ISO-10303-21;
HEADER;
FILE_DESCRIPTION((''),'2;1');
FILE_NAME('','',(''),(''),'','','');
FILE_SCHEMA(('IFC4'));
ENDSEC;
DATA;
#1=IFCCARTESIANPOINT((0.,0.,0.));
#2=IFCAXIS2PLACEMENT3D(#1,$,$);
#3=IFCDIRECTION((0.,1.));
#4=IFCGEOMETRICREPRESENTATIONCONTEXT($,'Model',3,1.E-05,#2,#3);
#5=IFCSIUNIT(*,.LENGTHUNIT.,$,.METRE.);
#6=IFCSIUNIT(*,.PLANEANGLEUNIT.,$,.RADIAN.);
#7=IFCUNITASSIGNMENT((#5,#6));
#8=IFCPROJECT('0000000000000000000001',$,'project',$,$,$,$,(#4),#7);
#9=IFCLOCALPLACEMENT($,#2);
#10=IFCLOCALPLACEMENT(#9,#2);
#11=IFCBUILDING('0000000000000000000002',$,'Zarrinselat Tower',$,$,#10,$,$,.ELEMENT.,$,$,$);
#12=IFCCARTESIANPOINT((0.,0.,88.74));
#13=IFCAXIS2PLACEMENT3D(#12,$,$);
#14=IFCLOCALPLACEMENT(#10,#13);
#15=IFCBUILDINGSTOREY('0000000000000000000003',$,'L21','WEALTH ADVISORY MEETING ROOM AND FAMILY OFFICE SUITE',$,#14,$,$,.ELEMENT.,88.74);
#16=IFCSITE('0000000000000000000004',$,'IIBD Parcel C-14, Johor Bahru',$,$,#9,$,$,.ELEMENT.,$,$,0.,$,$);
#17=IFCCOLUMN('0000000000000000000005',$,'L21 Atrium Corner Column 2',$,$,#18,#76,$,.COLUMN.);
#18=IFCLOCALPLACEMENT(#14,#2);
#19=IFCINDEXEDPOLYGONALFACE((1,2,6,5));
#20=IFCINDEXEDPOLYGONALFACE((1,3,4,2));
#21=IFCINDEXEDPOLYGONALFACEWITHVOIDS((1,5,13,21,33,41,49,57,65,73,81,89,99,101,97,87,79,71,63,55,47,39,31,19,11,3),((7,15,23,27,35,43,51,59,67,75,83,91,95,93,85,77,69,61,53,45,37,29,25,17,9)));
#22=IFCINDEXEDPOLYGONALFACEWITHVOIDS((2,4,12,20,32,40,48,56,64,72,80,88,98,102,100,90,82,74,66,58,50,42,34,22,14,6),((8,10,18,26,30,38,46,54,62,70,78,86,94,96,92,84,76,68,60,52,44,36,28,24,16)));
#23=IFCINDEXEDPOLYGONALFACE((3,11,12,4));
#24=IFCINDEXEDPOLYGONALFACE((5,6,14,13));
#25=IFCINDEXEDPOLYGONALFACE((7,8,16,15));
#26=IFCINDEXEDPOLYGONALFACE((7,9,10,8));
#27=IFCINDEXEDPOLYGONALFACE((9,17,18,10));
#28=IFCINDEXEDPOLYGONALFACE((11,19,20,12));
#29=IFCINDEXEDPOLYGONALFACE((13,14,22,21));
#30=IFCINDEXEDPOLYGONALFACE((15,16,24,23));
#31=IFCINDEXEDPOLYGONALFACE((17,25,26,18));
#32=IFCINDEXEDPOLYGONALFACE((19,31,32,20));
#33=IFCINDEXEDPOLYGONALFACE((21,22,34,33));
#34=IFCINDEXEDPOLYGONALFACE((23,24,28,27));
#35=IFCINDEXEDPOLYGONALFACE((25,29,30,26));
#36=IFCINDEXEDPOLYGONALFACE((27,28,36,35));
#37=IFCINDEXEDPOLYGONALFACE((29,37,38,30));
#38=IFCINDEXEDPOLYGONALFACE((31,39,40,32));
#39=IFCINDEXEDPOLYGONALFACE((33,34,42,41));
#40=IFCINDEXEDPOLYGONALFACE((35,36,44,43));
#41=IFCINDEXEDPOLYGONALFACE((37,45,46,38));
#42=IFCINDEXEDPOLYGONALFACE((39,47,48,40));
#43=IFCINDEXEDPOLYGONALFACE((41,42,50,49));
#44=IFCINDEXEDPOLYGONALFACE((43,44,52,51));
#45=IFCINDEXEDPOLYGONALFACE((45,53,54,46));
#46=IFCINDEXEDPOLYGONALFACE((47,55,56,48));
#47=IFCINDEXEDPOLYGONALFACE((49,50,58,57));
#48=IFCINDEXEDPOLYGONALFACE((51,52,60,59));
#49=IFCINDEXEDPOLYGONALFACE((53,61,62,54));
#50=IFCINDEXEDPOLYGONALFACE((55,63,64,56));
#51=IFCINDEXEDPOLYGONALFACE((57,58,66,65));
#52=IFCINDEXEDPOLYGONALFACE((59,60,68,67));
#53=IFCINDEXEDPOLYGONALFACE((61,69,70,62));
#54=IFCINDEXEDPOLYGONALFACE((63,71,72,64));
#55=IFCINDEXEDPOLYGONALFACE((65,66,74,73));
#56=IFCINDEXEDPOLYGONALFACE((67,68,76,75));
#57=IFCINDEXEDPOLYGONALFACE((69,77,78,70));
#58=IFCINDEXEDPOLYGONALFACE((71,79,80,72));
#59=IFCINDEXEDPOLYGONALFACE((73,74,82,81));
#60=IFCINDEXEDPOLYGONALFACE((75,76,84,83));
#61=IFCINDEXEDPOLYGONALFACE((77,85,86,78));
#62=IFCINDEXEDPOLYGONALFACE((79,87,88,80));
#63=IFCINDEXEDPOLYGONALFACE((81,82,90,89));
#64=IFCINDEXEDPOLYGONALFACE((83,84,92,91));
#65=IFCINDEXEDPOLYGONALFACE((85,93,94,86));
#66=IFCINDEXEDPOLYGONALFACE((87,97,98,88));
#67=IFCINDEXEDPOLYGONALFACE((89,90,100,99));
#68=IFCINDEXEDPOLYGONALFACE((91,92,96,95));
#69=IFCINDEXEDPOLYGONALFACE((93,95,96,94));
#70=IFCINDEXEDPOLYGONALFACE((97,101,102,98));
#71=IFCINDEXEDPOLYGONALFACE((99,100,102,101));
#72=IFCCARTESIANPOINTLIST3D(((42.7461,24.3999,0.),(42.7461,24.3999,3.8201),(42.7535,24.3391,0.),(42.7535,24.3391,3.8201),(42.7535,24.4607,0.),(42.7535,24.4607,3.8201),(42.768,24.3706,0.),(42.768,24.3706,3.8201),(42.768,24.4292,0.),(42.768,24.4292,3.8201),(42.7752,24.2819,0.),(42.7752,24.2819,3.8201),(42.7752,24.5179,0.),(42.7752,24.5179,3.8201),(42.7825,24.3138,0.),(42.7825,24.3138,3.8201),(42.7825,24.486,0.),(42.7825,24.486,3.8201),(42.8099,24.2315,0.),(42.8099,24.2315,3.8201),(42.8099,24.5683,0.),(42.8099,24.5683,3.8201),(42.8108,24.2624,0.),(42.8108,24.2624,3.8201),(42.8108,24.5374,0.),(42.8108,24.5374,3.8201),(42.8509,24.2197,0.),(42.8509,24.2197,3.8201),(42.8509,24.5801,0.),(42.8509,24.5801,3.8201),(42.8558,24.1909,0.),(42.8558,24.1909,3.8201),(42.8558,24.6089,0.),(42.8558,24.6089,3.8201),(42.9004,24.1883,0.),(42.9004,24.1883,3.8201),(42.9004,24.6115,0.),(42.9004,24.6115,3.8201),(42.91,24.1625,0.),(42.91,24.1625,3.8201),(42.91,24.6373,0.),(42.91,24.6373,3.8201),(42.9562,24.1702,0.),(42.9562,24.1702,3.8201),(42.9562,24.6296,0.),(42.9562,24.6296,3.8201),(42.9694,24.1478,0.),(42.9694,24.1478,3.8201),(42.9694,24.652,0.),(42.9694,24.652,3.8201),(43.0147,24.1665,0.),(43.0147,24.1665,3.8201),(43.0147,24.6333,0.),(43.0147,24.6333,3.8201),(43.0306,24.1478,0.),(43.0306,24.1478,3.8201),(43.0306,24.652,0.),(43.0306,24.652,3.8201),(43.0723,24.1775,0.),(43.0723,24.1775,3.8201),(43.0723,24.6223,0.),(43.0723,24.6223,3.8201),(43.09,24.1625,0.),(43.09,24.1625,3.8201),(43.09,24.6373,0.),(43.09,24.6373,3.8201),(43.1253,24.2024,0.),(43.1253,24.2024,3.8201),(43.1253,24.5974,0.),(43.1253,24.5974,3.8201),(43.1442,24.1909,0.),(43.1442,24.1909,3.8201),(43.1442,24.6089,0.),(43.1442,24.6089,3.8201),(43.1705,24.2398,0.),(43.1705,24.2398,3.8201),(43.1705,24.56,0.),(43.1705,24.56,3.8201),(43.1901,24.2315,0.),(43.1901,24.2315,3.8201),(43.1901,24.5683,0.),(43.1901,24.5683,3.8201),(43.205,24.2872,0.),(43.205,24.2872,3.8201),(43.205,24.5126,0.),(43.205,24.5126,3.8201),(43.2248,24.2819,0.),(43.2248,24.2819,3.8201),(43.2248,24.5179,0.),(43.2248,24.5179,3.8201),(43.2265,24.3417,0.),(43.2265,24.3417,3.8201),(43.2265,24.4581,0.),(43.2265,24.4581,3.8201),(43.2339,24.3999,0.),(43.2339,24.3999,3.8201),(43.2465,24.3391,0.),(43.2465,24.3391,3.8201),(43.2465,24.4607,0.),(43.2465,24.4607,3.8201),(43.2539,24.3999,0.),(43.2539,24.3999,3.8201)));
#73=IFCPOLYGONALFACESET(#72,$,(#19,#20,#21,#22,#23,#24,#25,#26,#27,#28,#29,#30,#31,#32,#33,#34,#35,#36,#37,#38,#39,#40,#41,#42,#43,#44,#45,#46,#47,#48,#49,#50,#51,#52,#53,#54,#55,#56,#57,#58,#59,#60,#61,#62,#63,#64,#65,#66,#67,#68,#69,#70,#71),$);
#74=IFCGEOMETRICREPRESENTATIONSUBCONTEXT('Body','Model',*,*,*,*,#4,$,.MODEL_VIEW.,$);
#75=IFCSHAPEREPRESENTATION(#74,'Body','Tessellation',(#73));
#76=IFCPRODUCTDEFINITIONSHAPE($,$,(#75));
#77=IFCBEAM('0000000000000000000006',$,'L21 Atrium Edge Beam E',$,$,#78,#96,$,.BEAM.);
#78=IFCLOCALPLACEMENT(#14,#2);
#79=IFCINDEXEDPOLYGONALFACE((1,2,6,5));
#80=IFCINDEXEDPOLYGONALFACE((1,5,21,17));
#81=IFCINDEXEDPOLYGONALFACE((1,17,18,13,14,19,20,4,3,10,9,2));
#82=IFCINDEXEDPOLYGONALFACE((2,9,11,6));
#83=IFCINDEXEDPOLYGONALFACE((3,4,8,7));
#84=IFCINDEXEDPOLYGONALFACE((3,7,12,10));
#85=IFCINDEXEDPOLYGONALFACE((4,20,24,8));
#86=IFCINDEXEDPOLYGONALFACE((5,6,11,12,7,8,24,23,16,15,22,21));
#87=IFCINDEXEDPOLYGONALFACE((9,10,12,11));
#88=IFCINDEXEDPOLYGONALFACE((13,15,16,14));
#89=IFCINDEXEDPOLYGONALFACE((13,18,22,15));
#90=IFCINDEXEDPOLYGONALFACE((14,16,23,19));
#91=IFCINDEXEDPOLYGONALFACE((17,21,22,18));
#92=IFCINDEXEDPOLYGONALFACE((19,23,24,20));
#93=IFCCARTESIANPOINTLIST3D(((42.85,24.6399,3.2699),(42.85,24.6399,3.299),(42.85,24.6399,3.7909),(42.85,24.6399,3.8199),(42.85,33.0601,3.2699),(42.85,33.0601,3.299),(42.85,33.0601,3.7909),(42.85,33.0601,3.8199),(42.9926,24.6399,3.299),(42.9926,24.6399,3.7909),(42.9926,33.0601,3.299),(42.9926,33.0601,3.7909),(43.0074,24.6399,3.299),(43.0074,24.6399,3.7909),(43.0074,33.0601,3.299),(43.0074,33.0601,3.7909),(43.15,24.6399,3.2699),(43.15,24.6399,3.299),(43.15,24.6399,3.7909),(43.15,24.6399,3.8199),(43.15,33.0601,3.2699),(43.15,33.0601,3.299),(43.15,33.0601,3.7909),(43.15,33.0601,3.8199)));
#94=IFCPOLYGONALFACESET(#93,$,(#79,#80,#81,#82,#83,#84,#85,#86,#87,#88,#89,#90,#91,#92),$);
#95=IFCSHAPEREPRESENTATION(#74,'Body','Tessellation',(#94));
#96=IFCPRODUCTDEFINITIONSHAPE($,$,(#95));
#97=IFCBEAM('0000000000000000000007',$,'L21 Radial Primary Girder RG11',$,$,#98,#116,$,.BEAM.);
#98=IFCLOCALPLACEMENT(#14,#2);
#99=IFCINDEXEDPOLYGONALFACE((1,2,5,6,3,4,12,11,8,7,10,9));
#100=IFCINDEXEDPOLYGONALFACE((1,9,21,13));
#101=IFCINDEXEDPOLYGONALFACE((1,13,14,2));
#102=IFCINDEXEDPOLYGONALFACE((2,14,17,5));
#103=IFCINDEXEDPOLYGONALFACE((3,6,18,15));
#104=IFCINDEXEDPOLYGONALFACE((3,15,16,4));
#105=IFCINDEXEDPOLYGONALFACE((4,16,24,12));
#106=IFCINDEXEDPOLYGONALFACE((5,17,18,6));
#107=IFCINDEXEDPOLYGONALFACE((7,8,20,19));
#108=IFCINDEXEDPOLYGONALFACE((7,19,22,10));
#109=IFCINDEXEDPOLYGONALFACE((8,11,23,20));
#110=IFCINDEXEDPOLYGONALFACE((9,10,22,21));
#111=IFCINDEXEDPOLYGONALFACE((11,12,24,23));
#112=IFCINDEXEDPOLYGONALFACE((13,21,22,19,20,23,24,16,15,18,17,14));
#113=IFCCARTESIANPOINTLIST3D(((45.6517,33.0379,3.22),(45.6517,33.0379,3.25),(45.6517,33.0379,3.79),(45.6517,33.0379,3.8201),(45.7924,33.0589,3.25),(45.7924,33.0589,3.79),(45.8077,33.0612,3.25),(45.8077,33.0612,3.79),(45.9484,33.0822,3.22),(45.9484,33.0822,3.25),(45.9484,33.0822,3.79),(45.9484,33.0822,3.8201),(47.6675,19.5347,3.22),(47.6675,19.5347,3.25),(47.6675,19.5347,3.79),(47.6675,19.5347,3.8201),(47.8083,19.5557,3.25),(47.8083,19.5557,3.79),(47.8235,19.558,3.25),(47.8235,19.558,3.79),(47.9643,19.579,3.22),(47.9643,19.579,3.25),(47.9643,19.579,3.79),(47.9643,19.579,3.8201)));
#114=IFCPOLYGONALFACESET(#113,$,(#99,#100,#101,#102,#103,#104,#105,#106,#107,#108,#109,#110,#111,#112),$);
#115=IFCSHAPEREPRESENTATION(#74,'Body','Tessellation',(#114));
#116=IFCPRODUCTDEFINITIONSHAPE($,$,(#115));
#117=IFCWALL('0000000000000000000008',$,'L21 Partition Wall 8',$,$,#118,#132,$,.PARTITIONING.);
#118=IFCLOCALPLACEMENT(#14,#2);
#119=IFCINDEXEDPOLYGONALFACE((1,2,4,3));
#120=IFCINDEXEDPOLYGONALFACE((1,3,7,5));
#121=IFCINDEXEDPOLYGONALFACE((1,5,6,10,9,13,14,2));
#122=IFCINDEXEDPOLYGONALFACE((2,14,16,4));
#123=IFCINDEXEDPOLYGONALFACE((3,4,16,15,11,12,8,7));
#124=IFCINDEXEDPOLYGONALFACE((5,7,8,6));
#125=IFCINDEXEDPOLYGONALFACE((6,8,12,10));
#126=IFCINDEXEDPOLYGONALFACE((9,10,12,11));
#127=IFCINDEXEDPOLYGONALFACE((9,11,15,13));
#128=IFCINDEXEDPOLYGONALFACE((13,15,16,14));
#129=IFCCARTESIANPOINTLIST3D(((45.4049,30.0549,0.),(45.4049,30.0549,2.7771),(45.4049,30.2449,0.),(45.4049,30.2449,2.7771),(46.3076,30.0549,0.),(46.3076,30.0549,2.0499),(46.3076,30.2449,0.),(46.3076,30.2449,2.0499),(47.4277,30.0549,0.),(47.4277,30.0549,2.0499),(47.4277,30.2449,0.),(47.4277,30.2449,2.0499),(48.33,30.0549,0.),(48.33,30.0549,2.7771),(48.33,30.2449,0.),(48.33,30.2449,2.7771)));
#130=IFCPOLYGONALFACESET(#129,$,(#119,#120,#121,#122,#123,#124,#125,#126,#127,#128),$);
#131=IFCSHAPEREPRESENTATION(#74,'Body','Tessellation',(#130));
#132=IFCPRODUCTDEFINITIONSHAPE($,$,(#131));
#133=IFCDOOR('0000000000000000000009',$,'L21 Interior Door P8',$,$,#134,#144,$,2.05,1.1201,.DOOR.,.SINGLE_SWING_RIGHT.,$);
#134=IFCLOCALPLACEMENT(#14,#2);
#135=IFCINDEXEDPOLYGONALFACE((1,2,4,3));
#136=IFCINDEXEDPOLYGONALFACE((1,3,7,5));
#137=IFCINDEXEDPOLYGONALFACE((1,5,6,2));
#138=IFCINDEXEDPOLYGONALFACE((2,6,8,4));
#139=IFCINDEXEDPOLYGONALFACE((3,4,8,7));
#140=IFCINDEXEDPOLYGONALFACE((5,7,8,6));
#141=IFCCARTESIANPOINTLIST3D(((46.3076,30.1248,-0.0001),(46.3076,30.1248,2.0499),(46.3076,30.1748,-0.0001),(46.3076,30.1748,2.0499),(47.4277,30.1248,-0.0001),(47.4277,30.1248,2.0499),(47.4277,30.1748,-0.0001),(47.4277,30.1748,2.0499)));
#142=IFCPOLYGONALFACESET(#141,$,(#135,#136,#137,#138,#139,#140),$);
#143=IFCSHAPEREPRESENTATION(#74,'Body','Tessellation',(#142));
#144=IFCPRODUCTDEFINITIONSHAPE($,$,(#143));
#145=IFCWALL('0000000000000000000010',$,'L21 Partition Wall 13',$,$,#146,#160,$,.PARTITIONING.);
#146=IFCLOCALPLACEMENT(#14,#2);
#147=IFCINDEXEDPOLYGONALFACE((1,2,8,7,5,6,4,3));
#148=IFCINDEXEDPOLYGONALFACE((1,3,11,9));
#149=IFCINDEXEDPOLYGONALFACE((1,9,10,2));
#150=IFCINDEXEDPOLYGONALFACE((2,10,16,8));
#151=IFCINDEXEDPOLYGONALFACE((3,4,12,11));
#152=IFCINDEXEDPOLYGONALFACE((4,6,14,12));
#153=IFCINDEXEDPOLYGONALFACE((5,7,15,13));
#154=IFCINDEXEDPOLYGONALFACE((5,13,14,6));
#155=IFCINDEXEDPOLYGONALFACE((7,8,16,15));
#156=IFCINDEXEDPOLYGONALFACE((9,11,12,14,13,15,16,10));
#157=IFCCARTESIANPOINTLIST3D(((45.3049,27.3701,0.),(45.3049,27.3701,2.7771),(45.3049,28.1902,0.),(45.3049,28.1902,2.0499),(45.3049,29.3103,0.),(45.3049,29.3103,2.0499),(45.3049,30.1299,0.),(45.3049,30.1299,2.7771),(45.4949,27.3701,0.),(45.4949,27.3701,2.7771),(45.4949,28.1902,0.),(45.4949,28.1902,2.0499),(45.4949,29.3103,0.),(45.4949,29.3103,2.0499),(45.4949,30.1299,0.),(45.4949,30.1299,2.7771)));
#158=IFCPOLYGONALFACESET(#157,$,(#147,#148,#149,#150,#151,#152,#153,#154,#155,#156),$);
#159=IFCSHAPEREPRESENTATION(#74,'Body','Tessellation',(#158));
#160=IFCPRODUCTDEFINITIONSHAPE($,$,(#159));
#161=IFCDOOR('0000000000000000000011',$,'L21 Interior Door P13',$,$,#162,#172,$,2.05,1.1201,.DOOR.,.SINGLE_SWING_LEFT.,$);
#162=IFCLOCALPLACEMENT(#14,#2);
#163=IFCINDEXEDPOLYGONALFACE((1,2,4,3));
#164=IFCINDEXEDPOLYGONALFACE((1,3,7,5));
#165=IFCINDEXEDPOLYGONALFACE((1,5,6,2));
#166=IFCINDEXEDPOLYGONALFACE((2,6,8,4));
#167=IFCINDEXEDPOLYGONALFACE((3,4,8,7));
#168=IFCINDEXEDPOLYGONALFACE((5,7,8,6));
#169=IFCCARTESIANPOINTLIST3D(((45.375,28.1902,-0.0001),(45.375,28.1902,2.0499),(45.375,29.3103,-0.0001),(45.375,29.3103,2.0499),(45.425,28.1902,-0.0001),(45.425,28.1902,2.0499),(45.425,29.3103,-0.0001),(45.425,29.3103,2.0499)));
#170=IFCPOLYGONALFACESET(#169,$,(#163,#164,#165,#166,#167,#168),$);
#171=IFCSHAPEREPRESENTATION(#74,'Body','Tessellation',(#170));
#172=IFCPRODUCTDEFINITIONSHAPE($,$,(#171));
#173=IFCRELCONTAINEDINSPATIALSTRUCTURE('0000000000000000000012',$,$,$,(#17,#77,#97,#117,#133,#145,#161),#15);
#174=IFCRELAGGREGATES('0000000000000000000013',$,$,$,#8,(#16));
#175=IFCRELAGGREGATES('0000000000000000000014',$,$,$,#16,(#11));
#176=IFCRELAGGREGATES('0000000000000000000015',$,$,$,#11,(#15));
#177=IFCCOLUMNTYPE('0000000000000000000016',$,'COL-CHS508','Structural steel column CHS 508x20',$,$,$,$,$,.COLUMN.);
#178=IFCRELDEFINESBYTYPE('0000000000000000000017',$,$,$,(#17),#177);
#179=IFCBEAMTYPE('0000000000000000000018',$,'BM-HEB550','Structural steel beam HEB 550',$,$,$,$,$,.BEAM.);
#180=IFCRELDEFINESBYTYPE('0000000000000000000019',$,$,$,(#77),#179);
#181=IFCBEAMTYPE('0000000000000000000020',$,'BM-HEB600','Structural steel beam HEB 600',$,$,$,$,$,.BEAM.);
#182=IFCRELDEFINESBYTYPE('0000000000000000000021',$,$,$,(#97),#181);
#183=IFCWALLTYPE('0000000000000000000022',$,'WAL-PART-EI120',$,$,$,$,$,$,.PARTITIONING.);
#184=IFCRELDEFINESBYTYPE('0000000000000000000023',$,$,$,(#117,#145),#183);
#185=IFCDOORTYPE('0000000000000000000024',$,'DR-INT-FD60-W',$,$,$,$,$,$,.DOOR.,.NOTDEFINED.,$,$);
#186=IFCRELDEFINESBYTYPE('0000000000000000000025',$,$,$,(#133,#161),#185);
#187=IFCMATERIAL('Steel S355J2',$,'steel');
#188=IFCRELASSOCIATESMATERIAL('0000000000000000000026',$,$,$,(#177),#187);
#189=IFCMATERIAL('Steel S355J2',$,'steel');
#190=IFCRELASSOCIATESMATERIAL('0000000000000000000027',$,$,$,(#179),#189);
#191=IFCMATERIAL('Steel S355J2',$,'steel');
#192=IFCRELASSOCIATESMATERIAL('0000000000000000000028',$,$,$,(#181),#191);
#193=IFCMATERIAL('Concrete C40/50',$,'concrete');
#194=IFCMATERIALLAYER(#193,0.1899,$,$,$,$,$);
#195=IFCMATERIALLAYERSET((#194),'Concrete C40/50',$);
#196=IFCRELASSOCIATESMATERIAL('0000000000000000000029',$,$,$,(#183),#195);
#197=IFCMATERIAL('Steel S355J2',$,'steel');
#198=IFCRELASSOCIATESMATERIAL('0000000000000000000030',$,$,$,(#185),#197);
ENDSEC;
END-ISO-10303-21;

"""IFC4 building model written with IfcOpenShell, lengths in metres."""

from ifc_helpers import new_model, si_unit, direction, frame, frame_2d, origin, origin_2d, place, context, subcontext, project, spatial, rectangle, hollow_circle, i_section, extrude, material, layer, layer_set, material_profile, profile_set, type_object, element, fill, save


model = new_model("IFC4")

# Units and contexts
model_context = context("Model", 3, precision=1e-05, world=origin(), true_north=direction((0.0, 1.0)))
body_context = subcontext(model_context, "Body", "Model", "MODEL_VIEW")
ifc_project = project(units=[si_unit("LENGTHUNIT", "METRE"), si_unit("PLANEANGLEUNIT", "RADIAN")], contexts=[model_context])

# Site, building, storey
site_placement = place(None, origin())
site = spatial("IfcSite", under=ifc_project, at=site_placement, Name="IIBD Parcel C-14, Johor Bahru", CompositionType="ELEMENT", RefElevation=0.0)
building_placement = place(site_placement, origin())
building = spatial("IfcBuilding", under=site, at=building_placement, Name="Zarrinselat Tower", CompositionType="ELEMENT")
storey_placement = place(building_placement, frame((0.0, 0.0, 88.74)))
storey = spatial("IfcBuildingStorey", under=building, at=storey_placement, Name="L21", Description="WEALTH ADVISORY MEETING ROOM AND FAMILY OFFICE SUITE", CompositionType="ELEMENT", Elevation=88.74)

# Column
ifc_material_1 = material(Name="Steel S355J2", Category="steel")
ifc_material_profile_1 = material_profile(ifc_material_1, hollow_circle(Radius=0.2539, WallThickness=0.02, at=origin_2d()), Name="CHS 508x20")
ifc_profile_set_1 = profile_set([ifc_material_profile_1], Name="Steel S355J2")
column_type = type_object("IfcColumnType", Name="COL-CHS508", Description="Structural steel column CHS 508x20", PredefinedType="COLUMN", material=ifc_profile_set_1)
column_placement = place(storey_placement, frame((43.0, 24.3999, 0.0), z_axis=(0.0, 0.0, 1.0), x_axis=(1.0, 0.0, 0.0)))
element("IfcColumn", 1, at=column_placement, inside=storey, type_object=column_type, Name="L21 Atrium Corner Column 2", PredefinedType="COLUMN", context=body_context, shape_type="SweptSolid", body=[
    extrude(hollow_circle(Radius=0.2539, WallThickness=0.02, at=origin_2d()), origin(), (0.0, 0.0, 1.0), 3.8201),
])

# Beams
ifc_material_2 = material(Name="Steel S355J2", Category="steel")
ifc_material_profile_2 = material_profile(ifc_material_2, i_section(OverallWidth=0.3, OverallDepth=0.55, WebThickness=0.0149, FlangeThickness=0.0291, at=origin_2d()), Name="HEB 550")
ifc_profile_set_2 = profile_set([ifc_material_profile_2], Name="Steel S355J2")
beam_type_1 = type_object("IfcBeamType", Name="BM-HEB550", Description="Structural steel beam HEB 550", PredefinedType="BEAM", material=ifc_profile_set_2)
beam_1_placement = place(storey_placement, frame((43.0, 24.6399, 3.5449), z_axis=(0.0, 1.0, 0.0), x_axis=(-1.0, 0.0, 0.0)))
element("IfcBeam", 2, at=beam_1_placement, inside=storey, type_object=beam_type_1, Name="L21 Atrium Edge Beam E", PredefinedType="BEAM", context=body_context, shape_type="SweptSolid", body=[
    extrude(i_section(OverallWidth=0.3, OverallDepth=0.55, WebThickness=0.0149, FlangeThickness=0.0291, at=origin_2d()), origin(), (0.0, 0.0, 1.0), 8.4202),
])
ifc_material_3 = material(Name="Steel S355J2", Category="steel")
ifc_material_profile_3 = material_profile(ifc_material_3, i_section(OverallWidth=0.3, OverallDepth=0.6001, WebThickness=0.0154, FlangeThickness=0.03, at=origin_2d()), Name="HEB 600")
ifc_profile_set_3 = profile_set([ifc_material_profile_3], Name="Steel S355J2")
beam_type_2 = type_object("IfcBeamType", Name="BM-HEB600", Description="Structural steel beam HEB 600", PredefinedType="BEAM", material=ifc_profile_set_3)
beam_2_placement = place(storey_placement, frame((45.8, 33.0601, 3.52), z_axis=(0.147652, -0.989039, 0.0), x_axis=(0.989039, 0.147652, 0.0)))
element("IfcBeam", 3, at=beam_2_placement, inside=storey, type_object=beam_type_2, Name="L21 Radial Primary Girder RG11", PredefinedType="BEAM", context=body_context, shape_type="SweptSolid", body=[
    extrude(i_section(OverallWidth=0.3, OverallDepth=0.6001, WebThickness=0.0154, FlangeThickness=0.03, at=origin_2d()), origin(), (0.0, 0.0, 1.0), 13.6528),
])

# Walls, openings, doors
ifc_material_4 = material(Name="Concrete C40/50", Category="concrete")
ifc_layer_1 = layer(ifc_material_4, 0.1899)
ifc_layer_set_1 = layer_set([ifc_layer_1], Name="Concrete C40/50")
wall_type_1 = type_object("IfcWallType", Name="WAL-PART-EI120", PredefinedType="PARTITIONING", material=ifc_layer_set_1)
wall_1_placement = place(storey_placement, frame((45.405, 30.1499, 0.0), z_axis=(0.0, 0.0, 1.0), x_axis=(1.0, 0.0, 0.0)))
wall_1 = element("IfcWall", 4, at=wall_1_placement, inside=storey, type_object=wall_type_1, Name="L21 Partition Wall 8", PredefinedType="PARTITIONING", context=body_context, shape_type="SweptSolid", body=[
    extrude(rectangle(XDim=2.925, YDim=0.1899, at=frame_2d((1.4624, 0.0))), origin(), (0.0, 0.0, 1.0), 2.7771),
])
opening_1_placement = place(wall_1_placement, frame((0.9026, 0.0, 0.0)))
opening_1 = element("IfcOpeningElement", 5, at=opening_1_placement, cuts=wall_1, PredefinedType="OPENING", context=body_context, shape_type="SweptSolid", body=[
    extrude(rectangle(XDim=1.1201, YDim=2.05, at=frame_2d((0.5601, 1.0249))), frame((0.0, 0.105, 0.0), z_axis=(0.0, -1.0, 0.0), x_axis=(1.0, 0.0, 0.0)), (0.0, 0.0, 1.0), 0.21),
])
ifc_material_5 = material(Name="Steel S355J2", Category="steel")
door_type_1 = type_object("IfcDoorType", Name="DR-INT-FD60-W", OperationType="NOTDEFINED", PredefinedType="DOOR", material=ifc_material_5)
door_1_placement = place(opening_1_placement, origin())
door_1 = element("IfcDoor", 6, at=door_1_placement, inside=storey, type_object=door_type_1, Name="L21 Interior Door P8", OperationType="SINGLE_SWING_RIGHT", OverallHeight=2.05, OverallWidth=1.1201, PredefinedType="DOOR", context=body_context, shape_type="SweptSolid", body=[
    extrude(rectangle(XDim=1.1201, YDim=2.05, at=frame_2d((0.5601, 1.0249))), frame((0.0, 0.0249, 0.0), z_axis=(0.0, -1.0, 0.0), x_axis=(1.0, 0.0, 0.0)), (0.0, 0.0, 1.0), 0.05),
])
fill(opening_1, door_1)
wall_2_placement = place(storey_placement, frame((45.3999, 27.3701, 0.0), z_axis=(0.0, 0.0, 1.0), x_axis=(0.0, 1.0, 0.0)))
wall_2 = element("IfcWall", 7, at=wall_2_placement, inside=storey, type_object=wall_type_1, Name="L21 Partition Wall 13", PredefinedType="PARTITIONING", context=body_context, shape_type="SweptSolid", body=[
    extrude(rectangle(XDim=2.7598, YDim=0.1899, at=frame_2d((1.3799, 0.0))), origin(), (0.0, 0.0, 1.0), 2.7771),
])
opening_2_placement = place(wall_2_placement, frame((0.8201, 0.0, 0.0)))
opening_2 = element("IfcOpeningElement", 8, at=opening_2_placement, cuts=wall_2, PredefinedType="OPENING", context=body_context, shape_type="SweptSolid", body=[
    extrude(rectangle(XDim=1.1201, YDim=2.05, at=frame_2d((0.5601, 1.0249))), frame((0.0, 0.105, 0.0), z_axis=(0.0, -1.0, 0.0), x_axis=(1.0, 0.0, 0.0)), (0.0, 0.0, 1.0), 0.21),
])
door_2_placement = place(opening_2_placement, origin())
door_2 = element("IfcDoor", 9, at=door_2_placement, inside=storey, type_object=door_type_1, Name="L21 Interior Door P13", OperationType="SINGLE_SWING_LEFT", OverallHeight=2.05, OverallWidth=1.1201, PredefinedType="DOOR", context=body_context, shape_type="SweptSolid", body=[
    extrude(rectangle(XDim=1.1201, YDim=2.05, at=frame_2d((0.5601, 1.0249))), frame((0.0, 0.0249, 0.0), z_axis=(0.0, -1.0, 0.0), x_axis=(1.0, 0.0, 0.0)), (0.0, 0.0, 1.0), 0.05),
])
fill(opening_2, door_2)

save(model, "model.ifc")
